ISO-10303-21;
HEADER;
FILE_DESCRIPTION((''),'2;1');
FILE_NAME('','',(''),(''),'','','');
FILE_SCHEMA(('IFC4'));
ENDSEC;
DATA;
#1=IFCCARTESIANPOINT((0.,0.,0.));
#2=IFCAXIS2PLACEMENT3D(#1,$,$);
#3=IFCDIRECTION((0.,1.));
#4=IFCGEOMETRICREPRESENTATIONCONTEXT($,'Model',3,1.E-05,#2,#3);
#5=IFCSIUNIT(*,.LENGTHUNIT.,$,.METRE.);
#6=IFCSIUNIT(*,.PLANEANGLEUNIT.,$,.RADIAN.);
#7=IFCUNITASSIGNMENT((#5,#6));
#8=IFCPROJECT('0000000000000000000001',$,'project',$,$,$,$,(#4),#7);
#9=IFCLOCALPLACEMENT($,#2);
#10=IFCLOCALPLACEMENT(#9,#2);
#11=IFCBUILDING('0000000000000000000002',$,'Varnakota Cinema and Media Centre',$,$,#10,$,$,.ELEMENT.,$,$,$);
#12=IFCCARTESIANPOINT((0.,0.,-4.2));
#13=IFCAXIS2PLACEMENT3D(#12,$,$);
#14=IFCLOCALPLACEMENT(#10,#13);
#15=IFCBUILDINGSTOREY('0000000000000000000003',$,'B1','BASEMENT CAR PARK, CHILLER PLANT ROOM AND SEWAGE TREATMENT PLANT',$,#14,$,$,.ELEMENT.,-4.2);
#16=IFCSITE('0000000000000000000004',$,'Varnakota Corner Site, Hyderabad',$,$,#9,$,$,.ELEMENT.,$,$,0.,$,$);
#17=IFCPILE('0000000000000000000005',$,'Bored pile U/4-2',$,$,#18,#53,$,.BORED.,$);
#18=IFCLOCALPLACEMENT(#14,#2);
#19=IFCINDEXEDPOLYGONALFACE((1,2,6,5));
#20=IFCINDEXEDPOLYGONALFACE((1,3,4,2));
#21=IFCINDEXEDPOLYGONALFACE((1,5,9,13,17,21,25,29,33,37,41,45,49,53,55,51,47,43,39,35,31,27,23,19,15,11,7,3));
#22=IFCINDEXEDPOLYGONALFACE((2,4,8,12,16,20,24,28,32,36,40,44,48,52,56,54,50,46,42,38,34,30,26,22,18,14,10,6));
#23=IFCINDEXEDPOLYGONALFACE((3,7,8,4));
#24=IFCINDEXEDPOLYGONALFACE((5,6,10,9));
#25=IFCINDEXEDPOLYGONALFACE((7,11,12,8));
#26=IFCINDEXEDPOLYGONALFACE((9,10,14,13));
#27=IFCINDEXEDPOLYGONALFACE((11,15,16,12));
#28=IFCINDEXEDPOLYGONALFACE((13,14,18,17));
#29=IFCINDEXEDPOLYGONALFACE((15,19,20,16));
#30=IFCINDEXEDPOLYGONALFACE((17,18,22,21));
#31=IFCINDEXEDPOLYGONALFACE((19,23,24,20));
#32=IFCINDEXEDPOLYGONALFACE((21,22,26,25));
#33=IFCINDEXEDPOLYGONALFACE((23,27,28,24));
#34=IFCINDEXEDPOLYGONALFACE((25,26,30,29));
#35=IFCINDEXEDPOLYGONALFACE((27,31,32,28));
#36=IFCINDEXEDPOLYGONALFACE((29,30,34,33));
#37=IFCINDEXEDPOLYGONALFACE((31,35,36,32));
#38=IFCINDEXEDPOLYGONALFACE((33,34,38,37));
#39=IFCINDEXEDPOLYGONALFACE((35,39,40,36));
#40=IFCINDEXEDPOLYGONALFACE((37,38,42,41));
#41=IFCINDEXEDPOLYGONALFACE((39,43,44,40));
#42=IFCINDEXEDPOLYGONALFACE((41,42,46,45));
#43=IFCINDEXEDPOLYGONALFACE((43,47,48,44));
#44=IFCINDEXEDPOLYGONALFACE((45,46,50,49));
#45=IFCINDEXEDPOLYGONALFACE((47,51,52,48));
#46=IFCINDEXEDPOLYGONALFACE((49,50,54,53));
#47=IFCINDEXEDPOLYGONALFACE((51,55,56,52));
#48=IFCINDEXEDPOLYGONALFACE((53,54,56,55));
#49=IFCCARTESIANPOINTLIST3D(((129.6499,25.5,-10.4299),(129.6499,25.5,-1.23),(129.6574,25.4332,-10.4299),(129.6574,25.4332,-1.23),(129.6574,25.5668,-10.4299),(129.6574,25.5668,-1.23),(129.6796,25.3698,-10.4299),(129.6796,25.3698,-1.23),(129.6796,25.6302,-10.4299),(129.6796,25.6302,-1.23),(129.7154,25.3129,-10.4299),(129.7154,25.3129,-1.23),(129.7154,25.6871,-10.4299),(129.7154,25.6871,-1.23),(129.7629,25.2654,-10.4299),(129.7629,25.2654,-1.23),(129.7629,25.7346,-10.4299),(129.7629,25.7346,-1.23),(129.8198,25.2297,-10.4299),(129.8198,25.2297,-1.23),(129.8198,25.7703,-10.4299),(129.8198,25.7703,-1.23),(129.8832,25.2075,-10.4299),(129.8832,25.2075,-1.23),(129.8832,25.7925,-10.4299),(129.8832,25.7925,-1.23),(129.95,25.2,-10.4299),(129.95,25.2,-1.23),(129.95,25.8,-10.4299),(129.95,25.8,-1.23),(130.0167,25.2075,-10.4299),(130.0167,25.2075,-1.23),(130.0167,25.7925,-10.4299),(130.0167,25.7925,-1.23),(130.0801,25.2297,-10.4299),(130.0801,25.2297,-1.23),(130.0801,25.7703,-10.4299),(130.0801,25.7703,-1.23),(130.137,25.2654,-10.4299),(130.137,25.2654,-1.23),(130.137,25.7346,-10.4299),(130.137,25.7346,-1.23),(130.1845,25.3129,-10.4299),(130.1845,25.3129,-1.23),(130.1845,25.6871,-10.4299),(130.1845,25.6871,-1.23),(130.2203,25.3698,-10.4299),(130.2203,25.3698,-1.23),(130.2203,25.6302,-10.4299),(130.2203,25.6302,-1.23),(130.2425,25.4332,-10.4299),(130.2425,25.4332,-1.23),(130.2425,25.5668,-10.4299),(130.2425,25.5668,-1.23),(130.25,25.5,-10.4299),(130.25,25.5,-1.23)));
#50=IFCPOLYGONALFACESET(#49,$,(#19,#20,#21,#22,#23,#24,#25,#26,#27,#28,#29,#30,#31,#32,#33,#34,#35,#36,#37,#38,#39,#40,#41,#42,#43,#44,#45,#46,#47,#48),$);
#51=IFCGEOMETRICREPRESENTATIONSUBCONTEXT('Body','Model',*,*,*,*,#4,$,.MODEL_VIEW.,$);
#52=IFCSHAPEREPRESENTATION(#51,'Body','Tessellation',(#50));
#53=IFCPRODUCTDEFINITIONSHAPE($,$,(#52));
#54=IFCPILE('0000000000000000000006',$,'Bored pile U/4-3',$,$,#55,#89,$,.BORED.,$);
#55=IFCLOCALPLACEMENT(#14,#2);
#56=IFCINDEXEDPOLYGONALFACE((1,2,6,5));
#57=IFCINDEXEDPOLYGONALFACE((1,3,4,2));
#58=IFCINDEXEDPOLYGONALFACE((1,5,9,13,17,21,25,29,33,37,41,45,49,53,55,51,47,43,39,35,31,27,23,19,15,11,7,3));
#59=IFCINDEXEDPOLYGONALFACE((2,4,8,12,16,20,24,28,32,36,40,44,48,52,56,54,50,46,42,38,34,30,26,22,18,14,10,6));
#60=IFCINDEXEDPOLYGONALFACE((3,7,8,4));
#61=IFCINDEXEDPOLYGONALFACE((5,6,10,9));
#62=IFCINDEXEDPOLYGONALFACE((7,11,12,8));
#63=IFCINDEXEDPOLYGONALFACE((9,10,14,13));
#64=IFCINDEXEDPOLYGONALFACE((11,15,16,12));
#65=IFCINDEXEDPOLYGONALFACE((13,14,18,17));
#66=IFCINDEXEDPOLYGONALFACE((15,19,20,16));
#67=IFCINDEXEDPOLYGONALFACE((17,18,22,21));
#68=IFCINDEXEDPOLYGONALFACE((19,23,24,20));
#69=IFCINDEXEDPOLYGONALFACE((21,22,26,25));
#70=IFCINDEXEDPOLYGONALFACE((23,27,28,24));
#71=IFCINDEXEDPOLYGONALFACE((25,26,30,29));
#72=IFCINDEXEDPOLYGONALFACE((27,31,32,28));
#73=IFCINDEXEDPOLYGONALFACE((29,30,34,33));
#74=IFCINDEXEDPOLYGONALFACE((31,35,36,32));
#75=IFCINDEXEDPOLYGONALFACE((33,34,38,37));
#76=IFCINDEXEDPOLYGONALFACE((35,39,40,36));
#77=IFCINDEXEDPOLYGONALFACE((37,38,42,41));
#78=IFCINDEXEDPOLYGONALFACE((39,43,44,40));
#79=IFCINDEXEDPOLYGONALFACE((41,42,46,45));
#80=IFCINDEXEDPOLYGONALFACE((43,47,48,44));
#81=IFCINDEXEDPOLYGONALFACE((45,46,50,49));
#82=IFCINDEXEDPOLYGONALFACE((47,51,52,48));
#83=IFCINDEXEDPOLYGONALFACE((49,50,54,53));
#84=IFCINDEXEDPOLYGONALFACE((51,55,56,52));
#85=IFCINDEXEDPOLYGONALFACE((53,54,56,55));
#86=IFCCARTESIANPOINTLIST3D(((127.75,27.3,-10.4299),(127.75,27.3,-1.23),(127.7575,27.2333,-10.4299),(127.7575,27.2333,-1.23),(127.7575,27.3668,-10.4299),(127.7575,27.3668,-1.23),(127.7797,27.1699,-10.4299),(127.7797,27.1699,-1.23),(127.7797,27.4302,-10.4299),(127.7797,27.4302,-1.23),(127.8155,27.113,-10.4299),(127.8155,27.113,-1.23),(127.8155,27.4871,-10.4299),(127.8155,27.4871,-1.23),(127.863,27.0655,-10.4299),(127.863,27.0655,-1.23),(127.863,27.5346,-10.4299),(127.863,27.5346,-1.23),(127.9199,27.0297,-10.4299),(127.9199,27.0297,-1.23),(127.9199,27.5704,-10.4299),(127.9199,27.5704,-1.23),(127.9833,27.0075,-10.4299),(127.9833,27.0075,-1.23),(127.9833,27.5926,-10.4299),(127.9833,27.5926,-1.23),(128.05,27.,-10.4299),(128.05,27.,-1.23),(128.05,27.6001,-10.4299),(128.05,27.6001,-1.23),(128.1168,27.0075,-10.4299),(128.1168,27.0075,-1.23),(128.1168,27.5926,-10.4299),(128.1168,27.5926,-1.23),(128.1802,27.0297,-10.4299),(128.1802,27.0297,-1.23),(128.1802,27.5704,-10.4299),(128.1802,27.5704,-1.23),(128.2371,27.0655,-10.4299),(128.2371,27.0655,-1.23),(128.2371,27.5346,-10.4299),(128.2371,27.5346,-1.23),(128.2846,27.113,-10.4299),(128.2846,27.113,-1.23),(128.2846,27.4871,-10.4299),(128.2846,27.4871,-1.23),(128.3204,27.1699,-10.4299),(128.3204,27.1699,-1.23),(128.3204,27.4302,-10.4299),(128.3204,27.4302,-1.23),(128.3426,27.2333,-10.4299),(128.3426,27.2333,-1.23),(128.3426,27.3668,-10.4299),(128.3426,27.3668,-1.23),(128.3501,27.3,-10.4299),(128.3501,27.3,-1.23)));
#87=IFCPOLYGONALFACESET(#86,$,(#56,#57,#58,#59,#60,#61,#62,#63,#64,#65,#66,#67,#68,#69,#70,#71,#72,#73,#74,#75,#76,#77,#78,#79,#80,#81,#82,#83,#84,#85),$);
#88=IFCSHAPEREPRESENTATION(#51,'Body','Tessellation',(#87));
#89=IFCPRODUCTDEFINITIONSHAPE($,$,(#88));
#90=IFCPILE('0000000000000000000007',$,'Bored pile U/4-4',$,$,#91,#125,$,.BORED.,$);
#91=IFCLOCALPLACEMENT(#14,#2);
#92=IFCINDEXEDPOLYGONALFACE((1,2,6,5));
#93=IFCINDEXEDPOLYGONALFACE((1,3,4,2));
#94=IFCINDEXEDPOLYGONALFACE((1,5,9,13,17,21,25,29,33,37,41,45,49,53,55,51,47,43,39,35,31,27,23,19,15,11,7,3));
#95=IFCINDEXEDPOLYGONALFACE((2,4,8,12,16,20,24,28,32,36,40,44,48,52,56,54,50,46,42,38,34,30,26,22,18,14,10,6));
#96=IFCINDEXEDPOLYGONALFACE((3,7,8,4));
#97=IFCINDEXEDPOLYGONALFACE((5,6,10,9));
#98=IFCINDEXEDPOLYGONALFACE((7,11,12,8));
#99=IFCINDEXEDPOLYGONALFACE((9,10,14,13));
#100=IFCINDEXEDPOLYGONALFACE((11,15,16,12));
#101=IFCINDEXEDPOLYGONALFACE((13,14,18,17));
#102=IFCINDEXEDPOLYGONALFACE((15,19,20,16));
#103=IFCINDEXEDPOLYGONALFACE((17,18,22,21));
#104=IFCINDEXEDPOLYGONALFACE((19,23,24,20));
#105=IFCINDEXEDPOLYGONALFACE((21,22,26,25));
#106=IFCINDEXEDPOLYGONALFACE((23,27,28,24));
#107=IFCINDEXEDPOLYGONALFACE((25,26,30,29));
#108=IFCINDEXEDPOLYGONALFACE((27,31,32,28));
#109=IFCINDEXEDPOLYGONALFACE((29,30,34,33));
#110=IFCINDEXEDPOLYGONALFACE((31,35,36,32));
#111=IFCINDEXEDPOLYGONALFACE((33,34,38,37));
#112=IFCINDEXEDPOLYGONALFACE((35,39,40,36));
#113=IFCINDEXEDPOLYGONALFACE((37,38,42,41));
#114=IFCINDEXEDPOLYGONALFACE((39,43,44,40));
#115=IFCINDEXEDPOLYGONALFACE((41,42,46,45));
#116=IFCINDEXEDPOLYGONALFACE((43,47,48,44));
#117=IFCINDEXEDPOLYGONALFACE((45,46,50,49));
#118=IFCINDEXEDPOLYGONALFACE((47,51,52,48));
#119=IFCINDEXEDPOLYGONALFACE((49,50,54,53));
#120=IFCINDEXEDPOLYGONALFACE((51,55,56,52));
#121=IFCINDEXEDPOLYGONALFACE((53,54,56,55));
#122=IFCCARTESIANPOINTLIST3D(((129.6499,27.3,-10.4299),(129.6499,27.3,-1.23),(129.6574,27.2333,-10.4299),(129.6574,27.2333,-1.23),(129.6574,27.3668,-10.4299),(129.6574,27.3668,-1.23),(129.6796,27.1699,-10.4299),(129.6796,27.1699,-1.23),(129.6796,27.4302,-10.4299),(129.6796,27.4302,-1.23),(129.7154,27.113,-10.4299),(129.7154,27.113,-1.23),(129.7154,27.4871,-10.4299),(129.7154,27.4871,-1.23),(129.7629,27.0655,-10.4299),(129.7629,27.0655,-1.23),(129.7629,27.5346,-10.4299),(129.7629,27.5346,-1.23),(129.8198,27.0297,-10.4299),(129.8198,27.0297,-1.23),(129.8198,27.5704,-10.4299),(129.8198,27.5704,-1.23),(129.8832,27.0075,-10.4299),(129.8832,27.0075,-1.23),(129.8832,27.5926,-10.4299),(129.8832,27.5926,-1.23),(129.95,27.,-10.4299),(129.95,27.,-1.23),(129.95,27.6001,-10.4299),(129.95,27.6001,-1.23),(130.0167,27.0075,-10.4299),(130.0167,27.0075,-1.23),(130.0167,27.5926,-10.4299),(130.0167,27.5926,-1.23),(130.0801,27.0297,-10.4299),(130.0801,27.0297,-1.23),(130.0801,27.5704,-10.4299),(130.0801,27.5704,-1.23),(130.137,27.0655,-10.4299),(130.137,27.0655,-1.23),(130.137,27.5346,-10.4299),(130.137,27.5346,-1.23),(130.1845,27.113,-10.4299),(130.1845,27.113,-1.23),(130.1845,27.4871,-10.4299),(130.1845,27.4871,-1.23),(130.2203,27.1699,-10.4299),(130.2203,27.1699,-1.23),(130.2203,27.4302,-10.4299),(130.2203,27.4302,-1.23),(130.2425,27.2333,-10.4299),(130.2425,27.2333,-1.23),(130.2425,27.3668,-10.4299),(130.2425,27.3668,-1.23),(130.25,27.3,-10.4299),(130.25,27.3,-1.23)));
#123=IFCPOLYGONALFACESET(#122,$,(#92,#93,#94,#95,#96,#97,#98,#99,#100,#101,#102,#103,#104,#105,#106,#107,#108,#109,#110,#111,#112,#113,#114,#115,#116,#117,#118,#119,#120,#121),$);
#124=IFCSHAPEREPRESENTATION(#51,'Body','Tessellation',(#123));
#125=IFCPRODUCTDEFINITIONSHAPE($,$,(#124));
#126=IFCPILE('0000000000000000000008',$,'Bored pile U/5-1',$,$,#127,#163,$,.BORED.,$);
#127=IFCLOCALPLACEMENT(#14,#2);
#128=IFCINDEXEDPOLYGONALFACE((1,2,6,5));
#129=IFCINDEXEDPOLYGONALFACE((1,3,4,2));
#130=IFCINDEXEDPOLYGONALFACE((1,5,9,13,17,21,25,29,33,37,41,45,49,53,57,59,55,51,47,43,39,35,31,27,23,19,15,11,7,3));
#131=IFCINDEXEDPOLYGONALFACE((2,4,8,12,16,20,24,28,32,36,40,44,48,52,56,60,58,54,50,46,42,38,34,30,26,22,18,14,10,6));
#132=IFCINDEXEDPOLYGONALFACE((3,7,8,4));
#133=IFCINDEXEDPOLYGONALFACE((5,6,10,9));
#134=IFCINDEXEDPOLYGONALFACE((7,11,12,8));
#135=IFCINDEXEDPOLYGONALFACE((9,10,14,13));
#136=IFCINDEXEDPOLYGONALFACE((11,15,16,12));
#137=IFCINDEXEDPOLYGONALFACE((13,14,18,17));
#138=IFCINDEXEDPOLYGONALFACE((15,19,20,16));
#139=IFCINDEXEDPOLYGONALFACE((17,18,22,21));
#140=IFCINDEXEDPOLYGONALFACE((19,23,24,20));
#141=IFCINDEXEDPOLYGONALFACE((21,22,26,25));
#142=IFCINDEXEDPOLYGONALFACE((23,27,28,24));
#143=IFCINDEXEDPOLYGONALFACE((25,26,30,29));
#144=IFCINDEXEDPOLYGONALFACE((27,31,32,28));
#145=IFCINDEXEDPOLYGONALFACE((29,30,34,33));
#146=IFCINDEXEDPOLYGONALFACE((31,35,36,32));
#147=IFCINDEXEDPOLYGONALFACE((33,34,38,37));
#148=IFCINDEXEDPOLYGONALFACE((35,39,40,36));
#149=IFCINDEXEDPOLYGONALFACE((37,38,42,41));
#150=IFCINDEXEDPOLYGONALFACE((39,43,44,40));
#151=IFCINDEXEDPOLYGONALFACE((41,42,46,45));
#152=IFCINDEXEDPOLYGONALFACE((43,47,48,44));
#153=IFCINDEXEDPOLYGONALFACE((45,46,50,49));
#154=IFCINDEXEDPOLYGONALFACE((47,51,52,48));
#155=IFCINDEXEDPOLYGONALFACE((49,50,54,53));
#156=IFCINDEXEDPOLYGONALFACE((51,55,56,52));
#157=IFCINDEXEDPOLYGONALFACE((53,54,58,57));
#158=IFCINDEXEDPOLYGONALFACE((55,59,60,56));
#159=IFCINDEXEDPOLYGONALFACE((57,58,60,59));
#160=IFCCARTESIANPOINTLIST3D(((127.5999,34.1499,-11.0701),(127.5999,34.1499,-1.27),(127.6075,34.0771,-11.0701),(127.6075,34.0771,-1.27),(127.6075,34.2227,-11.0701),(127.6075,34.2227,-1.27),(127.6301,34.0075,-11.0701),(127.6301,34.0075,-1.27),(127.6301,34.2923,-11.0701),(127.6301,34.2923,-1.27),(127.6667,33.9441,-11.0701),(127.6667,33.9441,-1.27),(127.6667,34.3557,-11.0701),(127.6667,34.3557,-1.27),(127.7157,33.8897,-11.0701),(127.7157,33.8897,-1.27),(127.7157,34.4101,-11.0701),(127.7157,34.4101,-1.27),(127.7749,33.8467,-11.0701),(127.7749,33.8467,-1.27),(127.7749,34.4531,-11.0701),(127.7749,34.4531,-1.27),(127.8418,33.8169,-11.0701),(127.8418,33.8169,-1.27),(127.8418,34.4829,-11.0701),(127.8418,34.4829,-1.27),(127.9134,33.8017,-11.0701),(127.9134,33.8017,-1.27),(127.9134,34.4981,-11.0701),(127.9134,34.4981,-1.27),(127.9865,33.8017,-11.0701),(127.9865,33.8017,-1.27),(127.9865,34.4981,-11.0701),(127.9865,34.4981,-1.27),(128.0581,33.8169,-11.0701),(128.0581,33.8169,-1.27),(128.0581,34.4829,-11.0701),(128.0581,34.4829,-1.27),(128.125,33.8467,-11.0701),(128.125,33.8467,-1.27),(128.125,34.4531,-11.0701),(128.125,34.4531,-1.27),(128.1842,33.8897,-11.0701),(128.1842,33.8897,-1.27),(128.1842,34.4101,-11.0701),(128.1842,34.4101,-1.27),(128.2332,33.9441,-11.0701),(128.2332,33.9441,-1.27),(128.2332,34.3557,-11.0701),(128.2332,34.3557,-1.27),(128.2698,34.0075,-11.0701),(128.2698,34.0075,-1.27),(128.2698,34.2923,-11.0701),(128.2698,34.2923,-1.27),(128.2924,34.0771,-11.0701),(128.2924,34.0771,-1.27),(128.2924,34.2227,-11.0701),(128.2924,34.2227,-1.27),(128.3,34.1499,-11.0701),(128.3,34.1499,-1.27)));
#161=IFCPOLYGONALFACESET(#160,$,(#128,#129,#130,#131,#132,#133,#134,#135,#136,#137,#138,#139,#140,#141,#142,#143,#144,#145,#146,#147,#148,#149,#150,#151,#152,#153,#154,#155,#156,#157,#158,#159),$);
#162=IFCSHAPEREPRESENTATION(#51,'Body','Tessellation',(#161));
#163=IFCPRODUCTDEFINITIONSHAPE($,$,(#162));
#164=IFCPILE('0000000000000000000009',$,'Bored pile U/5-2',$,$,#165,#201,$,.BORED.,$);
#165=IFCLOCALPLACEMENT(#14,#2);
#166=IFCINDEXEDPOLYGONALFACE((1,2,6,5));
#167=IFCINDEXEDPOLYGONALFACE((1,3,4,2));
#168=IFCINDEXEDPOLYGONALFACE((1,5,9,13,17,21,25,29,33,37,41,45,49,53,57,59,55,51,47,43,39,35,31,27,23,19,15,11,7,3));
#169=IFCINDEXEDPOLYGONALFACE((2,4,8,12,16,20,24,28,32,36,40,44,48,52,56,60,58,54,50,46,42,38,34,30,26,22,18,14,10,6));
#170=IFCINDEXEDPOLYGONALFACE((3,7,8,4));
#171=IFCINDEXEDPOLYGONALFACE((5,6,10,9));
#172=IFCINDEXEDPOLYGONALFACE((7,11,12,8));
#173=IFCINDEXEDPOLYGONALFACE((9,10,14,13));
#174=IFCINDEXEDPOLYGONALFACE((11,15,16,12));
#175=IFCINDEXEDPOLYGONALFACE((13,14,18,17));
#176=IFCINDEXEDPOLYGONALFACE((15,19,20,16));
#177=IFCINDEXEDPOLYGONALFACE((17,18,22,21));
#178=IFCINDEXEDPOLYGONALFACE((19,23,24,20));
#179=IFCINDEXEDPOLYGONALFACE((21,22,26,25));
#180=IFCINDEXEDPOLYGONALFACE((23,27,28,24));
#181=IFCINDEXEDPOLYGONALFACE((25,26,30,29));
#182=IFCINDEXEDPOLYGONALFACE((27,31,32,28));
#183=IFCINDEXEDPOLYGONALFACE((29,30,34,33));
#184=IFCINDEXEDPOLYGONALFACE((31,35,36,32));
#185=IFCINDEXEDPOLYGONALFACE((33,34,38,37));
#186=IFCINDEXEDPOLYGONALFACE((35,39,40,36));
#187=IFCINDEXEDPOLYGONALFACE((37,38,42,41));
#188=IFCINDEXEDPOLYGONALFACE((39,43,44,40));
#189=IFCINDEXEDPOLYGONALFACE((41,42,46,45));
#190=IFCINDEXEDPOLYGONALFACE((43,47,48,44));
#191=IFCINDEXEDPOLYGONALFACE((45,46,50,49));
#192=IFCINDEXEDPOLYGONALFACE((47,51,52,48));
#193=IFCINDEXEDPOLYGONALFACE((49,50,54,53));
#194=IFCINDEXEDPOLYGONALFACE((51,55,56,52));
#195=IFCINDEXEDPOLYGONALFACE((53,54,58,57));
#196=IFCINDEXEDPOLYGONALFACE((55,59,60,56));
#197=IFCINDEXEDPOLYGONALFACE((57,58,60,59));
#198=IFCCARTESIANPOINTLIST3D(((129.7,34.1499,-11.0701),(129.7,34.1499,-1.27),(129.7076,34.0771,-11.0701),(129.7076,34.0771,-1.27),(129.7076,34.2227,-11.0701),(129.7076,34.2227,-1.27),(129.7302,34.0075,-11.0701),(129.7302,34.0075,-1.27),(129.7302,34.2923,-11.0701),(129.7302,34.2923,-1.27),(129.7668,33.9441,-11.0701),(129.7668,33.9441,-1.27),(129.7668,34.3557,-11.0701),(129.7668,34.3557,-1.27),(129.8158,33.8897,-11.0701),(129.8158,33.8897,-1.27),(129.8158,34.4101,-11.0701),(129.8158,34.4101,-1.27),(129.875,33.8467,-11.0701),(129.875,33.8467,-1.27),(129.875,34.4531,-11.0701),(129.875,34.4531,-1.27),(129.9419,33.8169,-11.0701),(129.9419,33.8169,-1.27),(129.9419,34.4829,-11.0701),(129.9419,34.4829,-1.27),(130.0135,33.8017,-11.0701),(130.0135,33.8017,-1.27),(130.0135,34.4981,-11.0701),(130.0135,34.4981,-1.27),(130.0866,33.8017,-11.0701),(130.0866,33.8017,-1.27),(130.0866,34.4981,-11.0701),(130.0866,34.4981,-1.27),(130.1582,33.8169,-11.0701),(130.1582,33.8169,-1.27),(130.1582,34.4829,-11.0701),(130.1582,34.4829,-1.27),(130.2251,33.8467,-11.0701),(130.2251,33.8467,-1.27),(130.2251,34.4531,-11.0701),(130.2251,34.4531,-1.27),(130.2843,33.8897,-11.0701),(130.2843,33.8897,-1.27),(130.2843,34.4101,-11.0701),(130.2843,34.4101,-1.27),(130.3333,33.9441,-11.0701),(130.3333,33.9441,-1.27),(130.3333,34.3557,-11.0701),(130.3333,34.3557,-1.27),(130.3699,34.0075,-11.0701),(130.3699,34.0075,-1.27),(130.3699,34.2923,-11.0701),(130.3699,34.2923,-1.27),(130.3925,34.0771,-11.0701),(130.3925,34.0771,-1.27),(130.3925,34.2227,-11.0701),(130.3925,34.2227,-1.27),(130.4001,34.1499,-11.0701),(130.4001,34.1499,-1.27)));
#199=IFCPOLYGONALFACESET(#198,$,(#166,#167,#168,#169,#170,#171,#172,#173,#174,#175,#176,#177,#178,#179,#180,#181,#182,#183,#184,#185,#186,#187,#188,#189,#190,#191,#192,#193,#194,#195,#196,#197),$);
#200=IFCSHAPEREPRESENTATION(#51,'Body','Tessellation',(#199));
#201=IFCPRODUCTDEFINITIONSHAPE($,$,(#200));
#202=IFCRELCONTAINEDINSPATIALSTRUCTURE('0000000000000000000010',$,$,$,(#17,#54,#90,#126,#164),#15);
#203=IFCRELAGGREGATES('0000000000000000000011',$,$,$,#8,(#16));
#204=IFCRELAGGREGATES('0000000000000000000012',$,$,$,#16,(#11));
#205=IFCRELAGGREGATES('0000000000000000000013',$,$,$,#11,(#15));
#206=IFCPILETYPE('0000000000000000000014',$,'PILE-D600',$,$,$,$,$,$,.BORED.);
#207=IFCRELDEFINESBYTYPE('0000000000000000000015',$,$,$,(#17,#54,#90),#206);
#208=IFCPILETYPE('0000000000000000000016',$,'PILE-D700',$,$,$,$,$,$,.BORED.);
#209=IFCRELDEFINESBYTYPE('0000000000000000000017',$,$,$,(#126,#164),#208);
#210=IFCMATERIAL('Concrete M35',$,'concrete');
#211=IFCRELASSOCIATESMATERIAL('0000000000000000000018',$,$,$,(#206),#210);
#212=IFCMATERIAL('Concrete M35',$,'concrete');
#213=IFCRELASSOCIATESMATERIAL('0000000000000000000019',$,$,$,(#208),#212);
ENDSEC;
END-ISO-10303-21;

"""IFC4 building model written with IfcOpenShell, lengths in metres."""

from ifc_helpers import new_model, si_unit, direction, frame, origin, origin_2d, place, context, subcontext, project, spatial, circle, extrude, material, material_profile, profile_set, type_object, element, save


model = new_model("IFC4")

# Units and contexts
model_context = context("Model", 3, precision=1e-05, world=origin(), true_north=direction((0.0, 1.0)))
body_context = subcontext(model_context, "Body", "Model", "MODEL_VIEW")
ifc_project = project(units=[si_unit("LENGTHUNIT", "METRE"), si_unit("PLANEANGLEUNIT", "RADIAN")], contexts=[model_context])

# Site, building, storey
site_placement = place(None, origin())
site = spatial("IfcSite", under=ifc_project, at=site_placement, Name="Varnakota Corner Site, Hyderabad", CompositionType="ELEMENT", RefElevation=0.0)
building_placement = place(site_placement, origin())
building = spatial("IfcBuilding", under=site, at=building_placement, Name="Varnakota Cinema and Media Centre", CompositionType="ELEMENT")
storey_placement = place(building_placement, frame((0.0, 0.0, -4.2)))
storey = spatial("IfcBuildingStorey", under=building, at=storey_placement, Name="B1", Description="BASEMENT CAR PARK, CHILLER PLANT ROOM AND SEWAGE TREATMENT PLANT", CompositionType="ELEMENT", Elevation=-4.2)

# Piles
ifc_material_1 = material(Name="Concrete M35", Category="concrete")
ifc_material_profile_1 = material_profile(ifc_material_1, circle(Radius=0.3, at=origin_2d()), Name="PILE D600")
ifc_profile_set_1 = profile_set([ifc_material_profile_1], Name="Concrete M35")
pile_type_1 = type_object("IfcPileType", Name="PILE-D600", PredefinedType="BORED", material=ifc_profile_set_1)
for number, where, z_axis, x_axis, name in (
    (1, (129.95, 25.5, -1.23), (0.0, 0.0, -1.0), (1.0, 0.0, 0.0), "Bored pile U/4-2"),
    (2, (128.05, 27.3, -1.23), (0.0, 0.0, -1.0), (1.0, 0.0, 0.0), "Bored pile U/4-3"),
    (3, (129.95, 27.3, -1.23), (0.0, 0.0, -1.0), (1.0, 0.0, 0.0), "Bored pile U/4-4"),
):
    element("IfcPile", number, at=place(storey_placement, frame(where, z_axis=z_axis, x_axis=x_axis)), inside=storey, type_object=pile_type_1, Name=name, PredefinedType="BORED", context=body_context, shape_type="SweptSolid", body=[
        extrude(circle(Radius=0.3, at=origin_2d()), origin(), (0.0, 0.0, 1.0), 9.2),
    ])
ifc_material_2 = material(Name="Concrete M35", Category="concrete")
ifc_material_profile_2 = material_profile(ifc_material_2, circle(Radius=0.3501, at=origin_2d()), Name="PILE D700")
ifc_profile_set_2 = profile_set([ifc_material_profile_2], Name="Concrete M35")
pile_type_2 = type_object("IfcPileType", Name="PILE-D700", PredefinedType="BORED", material=ifc_profile_set_2)
for number, where, z_axis, x_axis, name in (
    (4, (127.95, 34.1499, -1.27), (0.0, 0.0, -1.0), (1.0, 0.0, 0.0), "Bored pile U/5-1"),
    (5, (130.05, 34.1499, -1.27), (0.0, 0.0, -1.0), (1.0, 0.0, 0.0), "Bored pile U/5-2"),
):
    element("IfcPile", number, at=place(storey_placement, frame(where, z_axis=z_axis, x_axis=x_axis)), inside=storey, type_object=pile_type_2, Name=name, PredefinedType="BORED", context=body_context, shape_type="SweptSolid", body=[
        extrude(circle(Radius=0.3501, at=origin_2d()), origin(), (0.0, 0.0, 1.0), 9.8),
    ])

save(model, "model.ifc")
